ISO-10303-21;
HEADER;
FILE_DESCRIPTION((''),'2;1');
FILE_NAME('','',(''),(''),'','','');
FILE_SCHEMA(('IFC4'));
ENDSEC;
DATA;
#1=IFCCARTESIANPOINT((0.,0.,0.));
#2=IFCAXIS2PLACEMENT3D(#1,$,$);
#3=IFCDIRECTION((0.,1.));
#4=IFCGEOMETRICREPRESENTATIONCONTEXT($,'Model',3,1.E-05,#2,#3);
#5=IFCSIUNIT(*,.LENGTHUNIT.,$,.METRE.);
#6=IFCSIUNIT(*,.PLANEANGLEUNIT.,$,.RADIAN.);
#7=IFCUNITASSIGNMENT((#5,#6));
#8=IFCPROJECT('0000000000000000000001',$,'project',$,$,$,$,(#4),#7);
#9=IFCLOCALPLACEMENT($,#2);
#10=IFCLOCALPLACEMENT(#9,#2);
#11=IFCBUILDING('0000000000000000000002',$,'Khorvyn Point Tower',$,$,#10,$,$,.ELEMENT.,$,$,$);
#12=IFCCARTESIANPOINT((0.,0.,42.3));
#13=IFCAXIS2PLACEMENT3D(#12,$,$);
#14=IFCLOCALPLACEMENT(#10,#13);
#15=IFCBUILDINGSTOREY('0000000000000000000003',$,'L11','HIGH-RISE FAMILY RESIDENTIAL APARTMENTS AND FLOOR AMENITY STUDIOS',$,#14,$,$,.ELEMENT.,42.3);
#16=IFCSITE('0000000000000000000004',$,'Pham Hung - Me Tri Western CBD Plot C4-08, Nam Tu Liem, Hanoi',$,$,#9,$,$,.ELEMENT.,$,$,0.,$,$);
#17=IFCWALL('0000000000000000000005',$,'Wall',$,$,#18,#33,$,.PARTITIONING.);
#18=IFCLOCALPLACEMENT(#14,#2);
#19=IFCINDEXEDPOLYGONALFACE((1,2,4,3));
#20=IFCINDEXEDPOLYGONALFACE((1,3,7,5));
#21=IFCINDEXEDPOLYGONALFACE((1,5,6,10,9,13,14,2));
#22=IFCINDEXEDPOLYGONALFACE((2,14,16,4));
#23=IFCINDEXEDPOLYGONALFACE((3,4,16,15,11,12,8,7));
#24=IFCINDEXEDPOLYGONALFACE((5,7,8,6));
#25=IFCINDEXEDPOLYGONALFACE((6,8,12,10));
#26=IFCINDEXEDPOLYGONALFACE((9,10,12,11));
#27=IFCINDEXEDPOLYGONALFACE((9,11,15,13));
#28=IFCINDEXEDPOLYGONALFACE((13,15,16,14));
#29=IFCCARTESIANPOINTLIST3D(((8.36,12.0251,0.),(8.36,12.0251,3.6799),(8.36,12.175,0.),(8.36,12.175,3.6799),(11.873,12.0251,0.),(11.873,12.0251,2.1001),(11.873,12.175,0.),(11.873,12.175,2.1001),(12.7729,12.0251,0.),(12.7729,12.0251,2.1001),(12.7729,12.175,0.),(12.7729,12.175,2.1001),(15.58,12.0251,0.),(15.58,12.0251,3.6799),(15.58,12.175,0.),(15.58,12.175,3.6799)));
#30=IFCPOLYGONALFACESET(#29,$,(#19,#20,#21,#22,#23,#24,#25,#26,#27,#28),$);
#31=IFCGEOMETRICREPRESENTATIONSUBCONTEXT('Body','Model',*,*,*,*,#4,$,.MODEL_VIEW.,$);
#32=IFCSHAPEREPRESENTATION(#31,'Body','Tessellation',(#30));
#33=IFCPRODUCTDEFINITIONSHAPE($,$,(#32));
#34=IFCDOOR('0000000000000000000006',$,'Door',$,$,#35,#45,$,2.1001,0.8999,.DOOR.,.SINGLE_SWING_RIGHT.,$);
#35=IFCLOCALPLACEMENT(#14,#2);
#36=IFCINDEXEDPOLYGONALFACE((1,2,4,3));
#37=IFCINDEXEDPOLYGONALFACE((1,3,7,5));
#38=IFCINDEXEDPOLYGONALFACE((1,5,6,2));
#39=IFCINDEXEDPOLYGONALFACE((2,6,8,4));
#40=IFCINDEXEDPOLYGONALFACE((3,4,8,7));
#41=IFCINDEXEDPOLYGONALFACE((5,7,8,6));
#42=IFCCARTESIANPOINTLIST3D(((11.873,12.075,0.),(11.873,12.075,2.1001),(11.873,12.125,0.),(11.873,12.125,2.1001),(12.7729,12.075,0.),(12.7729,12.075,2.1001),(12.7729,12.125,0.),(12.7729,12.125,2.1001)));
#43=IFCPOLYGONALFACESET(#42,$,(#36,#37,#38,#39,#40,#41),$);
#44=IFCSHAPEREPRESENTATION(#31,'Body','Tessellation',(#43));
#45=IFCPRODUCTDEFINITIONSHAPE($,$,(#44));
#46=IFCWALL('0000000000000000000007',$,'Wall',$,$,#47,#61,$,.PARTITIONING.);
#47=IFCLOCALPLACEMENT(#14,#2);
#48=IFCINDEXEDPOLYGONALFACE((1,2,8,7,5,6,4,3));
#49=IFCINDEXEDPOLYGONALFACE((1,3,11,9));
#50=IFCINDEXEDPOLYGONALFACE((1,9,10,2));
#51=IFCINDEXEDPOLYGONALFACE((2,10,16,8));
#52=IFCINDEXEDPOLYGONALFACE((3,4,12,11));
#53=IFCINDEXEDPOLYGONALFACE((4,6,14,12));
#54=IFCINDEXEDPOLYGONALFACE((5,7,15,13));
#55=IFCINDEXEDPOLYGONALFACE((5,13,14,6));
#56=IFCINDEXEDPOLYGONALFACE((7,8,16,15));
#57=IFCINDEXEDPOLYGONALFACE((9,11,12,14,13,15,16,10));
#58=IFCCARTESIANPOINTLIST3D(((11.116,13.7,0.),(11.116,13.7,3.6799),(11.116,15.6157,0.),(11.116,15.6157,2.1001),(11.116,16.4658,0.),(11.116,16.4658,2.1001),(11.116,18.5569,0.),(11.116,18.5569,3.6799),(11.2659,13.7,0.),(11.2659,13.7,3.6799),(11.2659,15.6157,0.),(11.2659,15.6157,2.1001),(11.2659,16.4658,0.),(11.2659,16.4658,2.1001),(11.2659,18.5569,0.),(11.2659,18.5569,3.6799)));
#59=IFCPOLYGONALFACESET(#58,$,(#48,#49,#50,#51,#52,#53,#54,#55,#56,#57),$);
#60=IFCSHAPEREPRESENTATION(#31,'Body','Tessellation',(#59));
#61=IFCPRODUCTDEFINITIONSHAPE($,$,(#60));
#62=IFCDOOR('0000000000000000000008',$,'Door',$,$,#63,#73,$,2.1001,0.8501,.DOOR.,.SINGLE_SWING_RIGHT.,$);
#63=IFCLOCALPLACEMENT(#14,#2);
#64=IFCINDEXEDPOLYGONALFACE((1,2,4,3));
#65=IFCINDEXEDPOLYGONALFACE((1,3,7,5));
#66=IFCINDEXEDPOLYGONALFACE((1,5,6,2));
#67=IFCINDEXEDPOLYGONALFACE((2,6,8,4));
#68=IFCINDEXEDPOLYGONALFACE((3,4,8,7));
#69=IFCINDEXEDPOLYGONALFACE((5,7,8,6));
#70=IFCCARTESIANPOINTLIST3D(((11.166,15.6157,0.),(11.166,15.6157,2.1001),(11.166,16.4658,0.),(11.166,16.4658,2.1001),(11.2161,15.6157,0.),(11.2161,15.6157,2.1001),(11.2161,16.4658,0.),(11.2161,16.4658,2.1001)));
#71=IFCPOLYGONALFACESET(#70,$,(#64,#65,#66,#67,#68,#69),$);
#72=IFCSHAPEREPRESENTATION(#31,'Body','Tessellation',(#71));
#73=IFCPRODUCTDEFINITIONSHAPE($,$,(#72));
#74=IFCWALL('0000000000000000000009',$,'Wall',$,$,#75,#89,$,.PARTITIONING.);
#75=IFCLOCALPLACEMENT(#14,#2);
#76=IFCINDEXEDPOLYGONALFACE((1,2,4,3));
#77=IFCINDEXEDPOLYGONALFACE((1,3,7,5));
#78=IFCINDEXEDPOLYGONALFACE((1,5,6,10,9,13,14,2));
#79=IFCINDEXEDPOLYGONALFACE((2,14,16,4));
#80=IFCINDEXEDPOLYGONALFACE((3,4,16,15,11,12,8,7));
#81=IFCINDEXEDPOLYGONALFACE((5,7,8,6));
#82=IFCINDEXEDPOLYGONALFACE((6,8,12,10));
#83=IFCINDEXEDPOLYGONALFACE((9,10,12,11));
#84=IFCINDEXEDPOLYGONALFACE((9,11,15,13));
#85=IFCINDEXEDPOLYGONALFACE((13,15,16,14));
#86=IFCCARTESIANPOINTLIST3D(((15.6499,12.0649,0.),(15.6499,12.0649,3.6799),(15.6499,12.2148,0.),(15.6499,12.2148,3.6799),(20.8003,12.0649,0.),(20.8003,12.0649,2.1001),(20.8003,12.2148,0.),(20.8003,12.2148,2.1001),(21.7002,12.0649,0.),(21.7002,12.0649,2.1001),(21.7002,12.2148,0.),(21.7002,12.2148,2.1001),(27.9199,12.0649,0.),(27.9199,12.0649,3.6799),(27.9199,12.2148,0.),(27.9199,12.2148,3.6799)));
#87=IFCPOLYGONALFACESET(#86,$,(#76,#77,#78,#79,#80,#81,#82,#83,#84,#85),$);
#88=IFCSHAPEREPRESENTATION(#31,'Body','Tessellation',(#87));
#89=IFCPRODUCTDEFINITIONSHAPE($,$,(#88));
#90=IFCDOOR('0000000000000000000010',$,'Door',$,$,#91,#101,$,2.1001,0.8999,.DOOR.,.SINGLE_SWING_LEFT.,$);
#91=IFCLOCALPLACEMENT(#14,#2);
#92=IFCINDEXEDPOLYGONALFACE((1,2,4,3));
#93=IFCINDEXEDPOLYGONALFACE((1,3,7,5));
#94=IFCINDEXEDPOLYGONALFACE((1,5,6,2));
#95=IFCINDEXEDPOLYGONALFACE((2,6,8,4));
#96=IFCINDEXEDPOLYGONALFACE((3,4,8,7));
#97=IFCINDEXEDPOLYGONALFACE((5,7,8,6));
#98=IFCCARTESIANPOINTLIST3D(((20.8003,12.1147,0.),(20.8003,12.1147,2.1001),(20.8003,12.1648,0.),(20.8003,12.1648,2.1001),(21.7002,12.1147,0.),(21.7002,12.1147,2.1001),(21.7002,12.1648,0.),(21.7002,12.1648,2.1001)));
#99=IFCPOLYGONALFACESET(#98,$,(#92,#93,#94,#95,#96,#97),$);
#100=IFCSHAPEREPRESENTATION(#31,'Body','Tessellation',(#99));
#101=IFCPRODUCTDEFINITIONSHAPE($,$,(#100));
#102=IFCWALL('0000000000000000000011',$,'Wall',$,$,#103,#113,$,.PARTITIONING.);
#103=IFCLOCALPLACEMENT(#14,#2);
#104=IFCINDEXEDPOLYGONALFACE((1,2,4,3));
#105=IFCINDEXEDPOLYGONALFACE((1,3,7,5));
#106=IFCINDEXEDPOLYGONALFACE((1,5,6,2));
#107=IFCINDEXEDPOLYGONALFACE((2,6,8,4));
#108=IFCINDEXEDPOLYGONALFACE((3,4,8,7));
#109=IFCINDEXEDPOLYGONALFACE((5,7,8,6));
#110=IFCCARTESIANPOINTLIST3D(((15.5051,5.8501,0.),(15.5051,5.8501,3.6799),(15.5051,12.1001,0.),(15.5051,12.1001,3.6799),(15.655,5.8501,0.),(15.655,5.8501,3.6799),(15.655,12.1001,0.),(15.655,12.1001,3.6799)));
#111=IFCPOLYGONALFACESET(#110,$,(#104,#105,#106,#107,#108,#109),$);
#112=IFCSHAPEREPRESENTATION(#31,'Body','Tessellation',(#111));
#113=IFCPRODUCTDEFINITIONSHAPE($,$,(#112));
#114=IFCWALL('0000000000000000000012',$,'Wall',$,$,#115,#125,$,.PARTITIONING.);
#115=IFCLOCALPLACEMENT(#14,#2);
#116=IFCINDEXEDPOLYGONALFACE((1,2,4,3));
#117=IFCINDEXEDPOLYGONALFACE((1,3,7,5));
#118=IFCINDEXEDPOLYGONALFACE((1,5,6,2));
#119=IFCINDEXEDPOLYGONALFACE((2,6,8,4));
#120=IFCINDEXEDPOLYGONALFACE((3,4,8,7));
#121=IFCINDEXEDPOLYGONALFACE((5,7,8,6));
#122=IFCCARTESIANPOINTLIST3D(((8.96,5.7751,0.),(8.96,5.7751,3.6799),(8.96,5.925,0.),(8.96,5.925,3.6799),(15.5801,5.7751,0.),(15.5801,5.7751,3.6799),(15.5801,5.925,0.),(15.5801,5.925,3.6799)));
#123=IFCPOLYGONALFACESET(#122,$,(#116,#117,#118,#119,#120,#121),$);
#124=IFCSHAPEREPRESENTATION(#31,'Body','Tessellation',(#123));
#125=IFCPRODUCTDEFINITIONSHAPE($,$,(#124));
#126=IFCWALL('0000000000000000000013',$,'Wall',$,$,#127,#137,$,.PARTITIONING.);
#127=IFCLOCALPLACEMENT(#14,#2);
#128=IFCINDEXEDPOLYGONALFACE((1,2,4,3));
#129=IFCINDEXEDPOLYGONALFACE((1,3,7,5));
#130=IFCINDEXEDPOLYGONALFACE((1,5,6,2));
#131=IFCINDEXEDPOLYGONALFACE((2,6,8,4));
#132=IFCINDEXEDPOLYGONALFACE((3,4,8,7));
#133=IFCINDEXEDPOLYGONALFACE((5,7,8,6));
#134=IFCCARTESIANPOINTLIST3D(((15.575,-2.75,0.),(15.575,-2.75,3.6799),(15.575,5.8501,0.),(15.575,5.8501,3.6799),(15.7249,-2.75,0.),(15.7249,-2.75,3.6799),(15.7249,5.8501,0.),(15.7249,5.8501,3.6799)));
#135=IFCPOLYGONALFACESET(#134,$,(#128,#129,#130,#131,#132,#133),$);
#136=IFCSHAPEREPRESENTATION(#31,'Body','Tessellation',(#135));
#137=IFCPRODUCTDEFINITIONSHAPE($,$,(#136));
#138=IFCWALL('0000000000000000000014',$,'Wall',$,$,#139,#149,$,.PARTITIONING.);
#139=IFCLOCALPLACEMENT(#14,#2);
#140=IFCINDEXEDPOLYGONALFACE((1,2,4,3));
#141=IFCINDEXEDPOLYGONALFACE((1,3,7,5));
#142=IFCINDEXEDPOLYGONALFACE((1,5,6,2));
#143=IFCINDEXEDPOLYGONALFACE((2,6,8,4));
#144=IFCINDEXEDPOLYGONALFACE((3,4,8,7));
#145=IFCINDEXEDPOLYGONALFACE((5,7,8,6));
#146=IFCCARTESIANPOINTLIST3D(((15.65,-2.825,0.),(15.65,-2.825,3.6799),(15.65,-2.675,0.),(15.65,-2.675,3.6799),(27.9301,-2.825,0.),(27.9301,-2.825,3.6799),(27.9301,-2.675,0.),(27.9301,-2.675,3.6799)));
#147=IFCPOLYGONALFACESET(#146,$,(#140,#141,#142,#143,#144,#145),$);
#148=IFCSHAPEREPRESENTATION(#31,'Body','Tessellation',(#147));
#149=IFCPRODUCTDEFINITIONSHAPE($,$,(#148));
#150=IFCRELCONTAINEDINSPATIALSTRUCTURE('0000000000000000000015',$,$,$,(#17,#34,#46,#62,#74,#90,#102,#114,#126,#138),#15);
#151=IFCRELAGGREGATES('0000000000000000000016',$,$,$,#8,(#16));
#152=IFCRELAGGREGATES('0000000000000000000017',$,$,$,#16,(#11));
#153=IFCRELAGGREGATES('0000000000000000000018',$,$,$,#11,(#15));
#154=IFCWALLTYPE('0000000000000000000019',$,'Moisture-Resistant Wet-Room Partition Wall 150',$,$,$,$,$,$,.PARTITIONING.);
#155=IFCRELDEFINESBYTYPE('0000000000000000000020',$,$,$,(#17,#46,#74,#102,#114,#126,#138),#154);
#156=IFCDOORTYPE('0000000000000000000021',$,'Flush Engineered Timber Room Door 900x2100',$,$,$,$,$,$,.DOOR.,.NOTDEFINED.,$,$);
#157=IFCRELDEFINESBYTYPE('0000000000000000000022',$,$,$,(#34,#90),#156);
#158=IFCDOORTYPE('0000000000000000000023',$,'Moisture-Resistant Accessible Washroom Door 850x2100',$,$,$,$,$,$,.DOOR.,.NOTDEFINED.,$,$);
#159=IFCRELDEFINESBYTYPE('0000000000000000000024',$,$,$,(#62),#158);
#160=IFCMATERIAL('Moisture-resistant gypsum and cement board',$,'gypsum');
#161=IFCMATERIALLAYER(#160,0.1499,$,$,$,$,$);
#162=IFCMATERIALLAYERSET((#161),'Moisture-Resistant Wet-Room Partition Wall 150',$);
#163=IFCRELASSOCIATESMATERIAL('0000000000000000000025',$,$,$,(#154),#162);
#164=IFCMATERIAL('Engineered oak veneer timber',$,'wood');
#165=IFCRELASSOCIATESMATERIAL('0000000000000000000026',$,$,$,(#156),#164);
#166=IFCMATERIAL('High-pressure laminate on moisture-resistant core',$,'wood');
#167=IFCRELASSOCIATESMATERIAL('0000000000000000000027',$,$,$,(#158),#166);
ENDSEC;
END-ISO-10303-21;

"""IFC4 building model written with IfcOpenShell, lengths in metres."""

from ifc_helpers import new_model, si_unit, direction, frame, frame_2d, origin, place, context, subcontext, project, spatial, rectangle, extrude, material, layer, layer_set, type_object, element, fill, save


model = new_model("IFC4")

# Units and contexts
model_context = context("Model", 3, precision=1e-05, world=origin(), true_north=direction((0.0, 1.0)))
body_context = subcontext(model_context, "Body", "Model", "MODEL_VIEW")
ifc_project = project(units=[si_unit("LENGTHUNIT", "METRE"), si_unit("PLANEANGLEUNIT", "RADIAN")], contexts=[model_context])

# Site, building, storey
site_placement = place(None, origin())
site = spatial("IfcSite", under=ifc_project, at=site_placement, Name="Pham Hung - Me Tri Western CBD Plot C4-08, Nam Tu Liem, Hanoi", CompositionType="ELEMENT", RefElevation=0.0)
building_placement = place(site_placement, origin())
building = spatial("IfcBuilding", under=site, at=building_placement, Name="Khorvyn Point Tower", CompositionType="ELEMENT")
storey_placement = place(building_placement, frame((0.0, 0.0, 42.3)))
storey = spatial("IfcBuildingStorey", under=building, at=storey_placement, Name="L11", Description="HIGH-RISE FAMILY RESIDENTIAL APARTMENTS AND FLOOR AMENITY STUDIOS", CompositionType="ELEMENT", Elevation=42.3)

# Walls, openings, doors
ifc_material_1 = material(Name="Moisture-resistant gypsum and cement board", Category="gypsum")
ifc_layer_1 = layer(ifc_material_1, 0.1499)
ifc_layer_set_1 = layer_set([ifc_layer_1], Name="Moisture-Resistant Wet-Room Partition Wall 150")
wall_type_1 = type_object("IfcWallType", Name="Moisture-Resistant Wet-Room Partition Wall 150", PredefinedType="PARTITIONING", material=ifc_layer_set_1)
wall_1_placement = place(storey_placement, frame((8.3601, 12.1001, 0.0), z_axis=(0.0, 0.0, 1.0), x_axis=(1.0, 0.0, 0.0)))
wall_1 = element("IfcWall", 1, at=wall_1_placement, inside=storey, type_object=wall_type_1, Name="Wall", PredefinedType="PARTITIONING", context=body_context, shape_type="SweptSolid", body=[
    extrude(rectangle(XDim=7.22, YDim=0.1499, at=frame_2d((3.6099, 0.0))), origin(), (0.0, 0.0, 1.0), 3.6799),
])
opening_1_placement = place(wall_1_placement, frame((3.5129, 0.0, 0.0)))
opening_1 = element("IfcOpeningElement", 2, at=opening_1_placement, cuts=wall_1, PredefinedType="OPENING", context=body_context, shape_type="SweptSolid", body=[
    extrude(rectangle(XDim=0.8999, YDim=2.1001, at=frame_2d((0.45, 1.05))), frame((0.0, 0.085, 0.0), z_axis=(0.0, -1.0, 0.0), x_axis=(1.0, 0.0, 0.0)), (0.0, 0.0, 1.0), 0.1699),
])
ifc_material_2 = material(Name="Engineered oak veneer timber", Category="wood")
door_type_1 = type_object("IfcDoorType", Name="Flush Engineered Timber Room Door 900x2100", OperationType="NOTDEFINED", PredefinedType="DOOR", material=ifc_material_2)
door_1_placement = place(opening_1_placement, origin())
door_1 = element("IfcDoor", 3, at=door_1_placement, inside=storey, type_object=door_type_1, Name="Door", OperationType="SINGLE_SWING_RIGHT", OverallHeight=2.1001, OverallWidth=0.8999, PredefinedType="DOOR", context=body_context, shape_type="SweptSolid", body=[
    extrude(rectangle(XDim=0.8999, YDim=2.1001, at=frame_2d((0.45, 1.05))), frame((0.0, 0.0249, 0.0), z_axis=(0.0, -1.0, 0.0), x_axis=(1.0, 0.0, 0.0)), (0.0, 0.0, 1.0), 0.05),
])
fill(opening_1, door_1)
wall_2_placement = place(storey_placement, frame((11.1909, 13.7, 0.0), z_axis=(0.0, 0.0, 1.0), x_axis=(0.0, 1.0, 0.0)))
wall_2 = element("IfcWall", 4, at=wall_2_placement, inside=storey, type_object=wall_type_1, Name="Wall", PredefinedType="PARTITIONING", context=body_context, shape_type="SweptSolid", body=[
    extrude(rectangle(XDim=4.8569, YDim=0.1499, at=frame_2d((2.4285, 0.0))), origin(), (0.0, 0.0, 1.0), 3.6799),
])
opening_2_placement = place(wall_2_placement, frame((1.9158, 0.0, 0.0)))
opening_2 = element("IfcOpeningElement", 5, at=opening_2_placement, cuts=wall_2, PredefinedType="OPENING", context=body_context, shape_type="SweptSolid", body=[
    extrude(rectangle(XDim=0.8501, YDim=2.1001, at=frame_2d((0.425, 1.05))), frame((0.0, 0.085, 0.0), z_axis=(0.0, -1.0, 0.0), x_axis=(1.0, 0.0, 0.0)), (0.0, 0.0, 1.0), 0.1699),
])
ifc_material_3 = material(Name="High-pressure laminate on moisture-resistant core", Category="wood")
door_type_2 = type_object("IfcDoorType", Name="Moisture-Resistant Accessible Washroom Door 850x2100", OperationType="NOTDEFINED", PredefinedType="DOOR", material=ifc_material_3)
door_2_placement = place(opening_2_placement, origin())
door_2 = element("IfcDoor", 6, at=door_2_placement, inside=storey, type_object=door_type_2, Name="Door", OperationType="SINGLE_SWING_RIGHT", OverallHeight=2.1001, OverallWidth=0.8501, PredefinedType="DOOR", context=body_context, shape_type="SweptSolid", body=[
    extrude(rectangle(XDim=0.8501, YDim=2.1001, at=frame_2d((0.425, 1.05))), frame((0.0, 0.0249, 0.0), z_axis=(0.0, -1.0, 0.0), x_axis=(1.0, 0.0, 0.0)), (0.0, 0.0, 1.0), 0.05),
])
fill(opening_2, door_2)
wall_3_placement = place(storey_placement, frame((15.6499, 12.1399, 0.0), z_axis=(0.0, 0.0, 1.0), x_axis=(1.0, 0.0, 0.0)))
wall_3 = element("IfcWall", 7, at=wall_3_placement, inside=storey, type_object=wall_type_1, Name="Wall", PredefinedType="PARTITIONING", context=body_context, shape_type="SweptSolid", body=[
    extrude(rectangle(XDim=12.27, YDim=0.1499, at=frame_2d((6.135, 0.0))), origin(), (0.0, 0.0, 1.0), 3.6799),
])
opening_3_placement = place(wall_3_placement, frame((5.1504, 0.0, 0.0)))
opening_3 = element("IfcOpeningElement", 8, at=opening_3_placement, cuts=wall_3, PredefinedType="OPENING", context=body_context, shape_type="SweptSolid", body=[
    extrude(rectangle(XDim=0.8999, YDim=2.1001, at=frame_2d((0.45, 1.05))), frame((0.0, 0.085, 0.0), z_axis=(0.0, -1.0, 0.0), x_axis=(1.0, 0.0, 0.0)), (0.0, 0.0, 1.0), 0.1699),
])
door_3_placement = place(opening_3_placement, origin())
door_3 = element("IfcDoor", 9, at=door_3_placement, inside=storey, type_object=door_type_1, Name="Door", OperationType="SINGLE_SWING_LEFT", OverallHeight=2.1001, OverallWidth=0.8999, PredefinedType="DOOR", context=body_context, shape_type="SweptSolid", body=[
    extrude(rectangle(XDim=0.8999, YDim=2.1001, at=frame_2d((0.45, 1.05))), frame((0.0, 0.0249, 0.0), z_axis=(0.0, -1.0, 0.0), x_axis=(1.0, 0.0, 0.0)), (0.0, 0.0, 1.0), 0.05),
])
fill(opening_3, door_3)

# Walls
wall_4_placement = place(storey_placement, frame((15.5801, 5.8501, 0.0), z_axis=(0.0, 0.0, 1.0), x_axis=(0.0, 1.0, 0.0)))
element("IfcWall", 10, at=wall_4_placement, inside=storey, type_object=wall_type_1, Name="Wall", PredefinedType="PARTITIONING", context=body_context, shape_type="SweptSolid", body=[
    extrude(rectangle(XDim=6.25, YDim=0.1499, at=frame_2d((3.125, 0.0))), origin(), (0.0, 0.0, 1.0), 3.6799),
])
wall_5_placement = place(storey_placement, frame((8.96, 5.8501, 0.0), z_axis=(0.0, 0.0, 1.0), x_axis=(1.0, 0.0, 0.0)))
element("IfcWall", 11, at=wall_5_placement, inside=storey, type_object=wall_type_1, Name="Wall", PredefinedType="PARTITIONING", context=body_context, shape_type="SweptSolid", body=[
    extrude(rectangle(XDim=6.6201, YDim=0.1499, at=frame_2d((3.3101, 0.0))), origin(), (0.0, 0.0, 1.0), 3.6799),
])
wall_6_placement = place(storey_placement, frame((15.6499, -2.75, 0.0), z_axis=(0.0, 0.0, 1.0), x_axis=(0.0, 1.0, 0.0)))
element("IfcWall", 12, at=wall_6_placement, inside=storey, type_object=wall_type_1, Name="Wall", PredefinedType="PARTITIONING", context=body_context, shape_type="SweptSolid", body=[
    extrude(rectangle(XDim=8.6001, YDim=0.1499, at=frame_2d((4.3, 0.0))), origin(), (0.0, 0.0, 1.0), 3.6799),
])
wall_7_placement = place(storey_placement, frame((15.6499, -2.75, 0.0), z_axis=(0.0, 0.0, 1.0), x_axis=(1.0, 0.0, 0.0)))
element("IfcWall", 13, at=wall_7_placement, inside=storey, type_object=wall_type_1, Name="Wall", PredefinedType="PARTITIONING", context=body_context, shape_type="SweptSolid", body=[
    extrude(rectangle(XDim=12.28, YDim=0.1499, at=frame_2d((6.1401, 0.0))), origin(), (0.0, 0.0, 1.0), 3.6799),
])

save(model, "model.ifc")
